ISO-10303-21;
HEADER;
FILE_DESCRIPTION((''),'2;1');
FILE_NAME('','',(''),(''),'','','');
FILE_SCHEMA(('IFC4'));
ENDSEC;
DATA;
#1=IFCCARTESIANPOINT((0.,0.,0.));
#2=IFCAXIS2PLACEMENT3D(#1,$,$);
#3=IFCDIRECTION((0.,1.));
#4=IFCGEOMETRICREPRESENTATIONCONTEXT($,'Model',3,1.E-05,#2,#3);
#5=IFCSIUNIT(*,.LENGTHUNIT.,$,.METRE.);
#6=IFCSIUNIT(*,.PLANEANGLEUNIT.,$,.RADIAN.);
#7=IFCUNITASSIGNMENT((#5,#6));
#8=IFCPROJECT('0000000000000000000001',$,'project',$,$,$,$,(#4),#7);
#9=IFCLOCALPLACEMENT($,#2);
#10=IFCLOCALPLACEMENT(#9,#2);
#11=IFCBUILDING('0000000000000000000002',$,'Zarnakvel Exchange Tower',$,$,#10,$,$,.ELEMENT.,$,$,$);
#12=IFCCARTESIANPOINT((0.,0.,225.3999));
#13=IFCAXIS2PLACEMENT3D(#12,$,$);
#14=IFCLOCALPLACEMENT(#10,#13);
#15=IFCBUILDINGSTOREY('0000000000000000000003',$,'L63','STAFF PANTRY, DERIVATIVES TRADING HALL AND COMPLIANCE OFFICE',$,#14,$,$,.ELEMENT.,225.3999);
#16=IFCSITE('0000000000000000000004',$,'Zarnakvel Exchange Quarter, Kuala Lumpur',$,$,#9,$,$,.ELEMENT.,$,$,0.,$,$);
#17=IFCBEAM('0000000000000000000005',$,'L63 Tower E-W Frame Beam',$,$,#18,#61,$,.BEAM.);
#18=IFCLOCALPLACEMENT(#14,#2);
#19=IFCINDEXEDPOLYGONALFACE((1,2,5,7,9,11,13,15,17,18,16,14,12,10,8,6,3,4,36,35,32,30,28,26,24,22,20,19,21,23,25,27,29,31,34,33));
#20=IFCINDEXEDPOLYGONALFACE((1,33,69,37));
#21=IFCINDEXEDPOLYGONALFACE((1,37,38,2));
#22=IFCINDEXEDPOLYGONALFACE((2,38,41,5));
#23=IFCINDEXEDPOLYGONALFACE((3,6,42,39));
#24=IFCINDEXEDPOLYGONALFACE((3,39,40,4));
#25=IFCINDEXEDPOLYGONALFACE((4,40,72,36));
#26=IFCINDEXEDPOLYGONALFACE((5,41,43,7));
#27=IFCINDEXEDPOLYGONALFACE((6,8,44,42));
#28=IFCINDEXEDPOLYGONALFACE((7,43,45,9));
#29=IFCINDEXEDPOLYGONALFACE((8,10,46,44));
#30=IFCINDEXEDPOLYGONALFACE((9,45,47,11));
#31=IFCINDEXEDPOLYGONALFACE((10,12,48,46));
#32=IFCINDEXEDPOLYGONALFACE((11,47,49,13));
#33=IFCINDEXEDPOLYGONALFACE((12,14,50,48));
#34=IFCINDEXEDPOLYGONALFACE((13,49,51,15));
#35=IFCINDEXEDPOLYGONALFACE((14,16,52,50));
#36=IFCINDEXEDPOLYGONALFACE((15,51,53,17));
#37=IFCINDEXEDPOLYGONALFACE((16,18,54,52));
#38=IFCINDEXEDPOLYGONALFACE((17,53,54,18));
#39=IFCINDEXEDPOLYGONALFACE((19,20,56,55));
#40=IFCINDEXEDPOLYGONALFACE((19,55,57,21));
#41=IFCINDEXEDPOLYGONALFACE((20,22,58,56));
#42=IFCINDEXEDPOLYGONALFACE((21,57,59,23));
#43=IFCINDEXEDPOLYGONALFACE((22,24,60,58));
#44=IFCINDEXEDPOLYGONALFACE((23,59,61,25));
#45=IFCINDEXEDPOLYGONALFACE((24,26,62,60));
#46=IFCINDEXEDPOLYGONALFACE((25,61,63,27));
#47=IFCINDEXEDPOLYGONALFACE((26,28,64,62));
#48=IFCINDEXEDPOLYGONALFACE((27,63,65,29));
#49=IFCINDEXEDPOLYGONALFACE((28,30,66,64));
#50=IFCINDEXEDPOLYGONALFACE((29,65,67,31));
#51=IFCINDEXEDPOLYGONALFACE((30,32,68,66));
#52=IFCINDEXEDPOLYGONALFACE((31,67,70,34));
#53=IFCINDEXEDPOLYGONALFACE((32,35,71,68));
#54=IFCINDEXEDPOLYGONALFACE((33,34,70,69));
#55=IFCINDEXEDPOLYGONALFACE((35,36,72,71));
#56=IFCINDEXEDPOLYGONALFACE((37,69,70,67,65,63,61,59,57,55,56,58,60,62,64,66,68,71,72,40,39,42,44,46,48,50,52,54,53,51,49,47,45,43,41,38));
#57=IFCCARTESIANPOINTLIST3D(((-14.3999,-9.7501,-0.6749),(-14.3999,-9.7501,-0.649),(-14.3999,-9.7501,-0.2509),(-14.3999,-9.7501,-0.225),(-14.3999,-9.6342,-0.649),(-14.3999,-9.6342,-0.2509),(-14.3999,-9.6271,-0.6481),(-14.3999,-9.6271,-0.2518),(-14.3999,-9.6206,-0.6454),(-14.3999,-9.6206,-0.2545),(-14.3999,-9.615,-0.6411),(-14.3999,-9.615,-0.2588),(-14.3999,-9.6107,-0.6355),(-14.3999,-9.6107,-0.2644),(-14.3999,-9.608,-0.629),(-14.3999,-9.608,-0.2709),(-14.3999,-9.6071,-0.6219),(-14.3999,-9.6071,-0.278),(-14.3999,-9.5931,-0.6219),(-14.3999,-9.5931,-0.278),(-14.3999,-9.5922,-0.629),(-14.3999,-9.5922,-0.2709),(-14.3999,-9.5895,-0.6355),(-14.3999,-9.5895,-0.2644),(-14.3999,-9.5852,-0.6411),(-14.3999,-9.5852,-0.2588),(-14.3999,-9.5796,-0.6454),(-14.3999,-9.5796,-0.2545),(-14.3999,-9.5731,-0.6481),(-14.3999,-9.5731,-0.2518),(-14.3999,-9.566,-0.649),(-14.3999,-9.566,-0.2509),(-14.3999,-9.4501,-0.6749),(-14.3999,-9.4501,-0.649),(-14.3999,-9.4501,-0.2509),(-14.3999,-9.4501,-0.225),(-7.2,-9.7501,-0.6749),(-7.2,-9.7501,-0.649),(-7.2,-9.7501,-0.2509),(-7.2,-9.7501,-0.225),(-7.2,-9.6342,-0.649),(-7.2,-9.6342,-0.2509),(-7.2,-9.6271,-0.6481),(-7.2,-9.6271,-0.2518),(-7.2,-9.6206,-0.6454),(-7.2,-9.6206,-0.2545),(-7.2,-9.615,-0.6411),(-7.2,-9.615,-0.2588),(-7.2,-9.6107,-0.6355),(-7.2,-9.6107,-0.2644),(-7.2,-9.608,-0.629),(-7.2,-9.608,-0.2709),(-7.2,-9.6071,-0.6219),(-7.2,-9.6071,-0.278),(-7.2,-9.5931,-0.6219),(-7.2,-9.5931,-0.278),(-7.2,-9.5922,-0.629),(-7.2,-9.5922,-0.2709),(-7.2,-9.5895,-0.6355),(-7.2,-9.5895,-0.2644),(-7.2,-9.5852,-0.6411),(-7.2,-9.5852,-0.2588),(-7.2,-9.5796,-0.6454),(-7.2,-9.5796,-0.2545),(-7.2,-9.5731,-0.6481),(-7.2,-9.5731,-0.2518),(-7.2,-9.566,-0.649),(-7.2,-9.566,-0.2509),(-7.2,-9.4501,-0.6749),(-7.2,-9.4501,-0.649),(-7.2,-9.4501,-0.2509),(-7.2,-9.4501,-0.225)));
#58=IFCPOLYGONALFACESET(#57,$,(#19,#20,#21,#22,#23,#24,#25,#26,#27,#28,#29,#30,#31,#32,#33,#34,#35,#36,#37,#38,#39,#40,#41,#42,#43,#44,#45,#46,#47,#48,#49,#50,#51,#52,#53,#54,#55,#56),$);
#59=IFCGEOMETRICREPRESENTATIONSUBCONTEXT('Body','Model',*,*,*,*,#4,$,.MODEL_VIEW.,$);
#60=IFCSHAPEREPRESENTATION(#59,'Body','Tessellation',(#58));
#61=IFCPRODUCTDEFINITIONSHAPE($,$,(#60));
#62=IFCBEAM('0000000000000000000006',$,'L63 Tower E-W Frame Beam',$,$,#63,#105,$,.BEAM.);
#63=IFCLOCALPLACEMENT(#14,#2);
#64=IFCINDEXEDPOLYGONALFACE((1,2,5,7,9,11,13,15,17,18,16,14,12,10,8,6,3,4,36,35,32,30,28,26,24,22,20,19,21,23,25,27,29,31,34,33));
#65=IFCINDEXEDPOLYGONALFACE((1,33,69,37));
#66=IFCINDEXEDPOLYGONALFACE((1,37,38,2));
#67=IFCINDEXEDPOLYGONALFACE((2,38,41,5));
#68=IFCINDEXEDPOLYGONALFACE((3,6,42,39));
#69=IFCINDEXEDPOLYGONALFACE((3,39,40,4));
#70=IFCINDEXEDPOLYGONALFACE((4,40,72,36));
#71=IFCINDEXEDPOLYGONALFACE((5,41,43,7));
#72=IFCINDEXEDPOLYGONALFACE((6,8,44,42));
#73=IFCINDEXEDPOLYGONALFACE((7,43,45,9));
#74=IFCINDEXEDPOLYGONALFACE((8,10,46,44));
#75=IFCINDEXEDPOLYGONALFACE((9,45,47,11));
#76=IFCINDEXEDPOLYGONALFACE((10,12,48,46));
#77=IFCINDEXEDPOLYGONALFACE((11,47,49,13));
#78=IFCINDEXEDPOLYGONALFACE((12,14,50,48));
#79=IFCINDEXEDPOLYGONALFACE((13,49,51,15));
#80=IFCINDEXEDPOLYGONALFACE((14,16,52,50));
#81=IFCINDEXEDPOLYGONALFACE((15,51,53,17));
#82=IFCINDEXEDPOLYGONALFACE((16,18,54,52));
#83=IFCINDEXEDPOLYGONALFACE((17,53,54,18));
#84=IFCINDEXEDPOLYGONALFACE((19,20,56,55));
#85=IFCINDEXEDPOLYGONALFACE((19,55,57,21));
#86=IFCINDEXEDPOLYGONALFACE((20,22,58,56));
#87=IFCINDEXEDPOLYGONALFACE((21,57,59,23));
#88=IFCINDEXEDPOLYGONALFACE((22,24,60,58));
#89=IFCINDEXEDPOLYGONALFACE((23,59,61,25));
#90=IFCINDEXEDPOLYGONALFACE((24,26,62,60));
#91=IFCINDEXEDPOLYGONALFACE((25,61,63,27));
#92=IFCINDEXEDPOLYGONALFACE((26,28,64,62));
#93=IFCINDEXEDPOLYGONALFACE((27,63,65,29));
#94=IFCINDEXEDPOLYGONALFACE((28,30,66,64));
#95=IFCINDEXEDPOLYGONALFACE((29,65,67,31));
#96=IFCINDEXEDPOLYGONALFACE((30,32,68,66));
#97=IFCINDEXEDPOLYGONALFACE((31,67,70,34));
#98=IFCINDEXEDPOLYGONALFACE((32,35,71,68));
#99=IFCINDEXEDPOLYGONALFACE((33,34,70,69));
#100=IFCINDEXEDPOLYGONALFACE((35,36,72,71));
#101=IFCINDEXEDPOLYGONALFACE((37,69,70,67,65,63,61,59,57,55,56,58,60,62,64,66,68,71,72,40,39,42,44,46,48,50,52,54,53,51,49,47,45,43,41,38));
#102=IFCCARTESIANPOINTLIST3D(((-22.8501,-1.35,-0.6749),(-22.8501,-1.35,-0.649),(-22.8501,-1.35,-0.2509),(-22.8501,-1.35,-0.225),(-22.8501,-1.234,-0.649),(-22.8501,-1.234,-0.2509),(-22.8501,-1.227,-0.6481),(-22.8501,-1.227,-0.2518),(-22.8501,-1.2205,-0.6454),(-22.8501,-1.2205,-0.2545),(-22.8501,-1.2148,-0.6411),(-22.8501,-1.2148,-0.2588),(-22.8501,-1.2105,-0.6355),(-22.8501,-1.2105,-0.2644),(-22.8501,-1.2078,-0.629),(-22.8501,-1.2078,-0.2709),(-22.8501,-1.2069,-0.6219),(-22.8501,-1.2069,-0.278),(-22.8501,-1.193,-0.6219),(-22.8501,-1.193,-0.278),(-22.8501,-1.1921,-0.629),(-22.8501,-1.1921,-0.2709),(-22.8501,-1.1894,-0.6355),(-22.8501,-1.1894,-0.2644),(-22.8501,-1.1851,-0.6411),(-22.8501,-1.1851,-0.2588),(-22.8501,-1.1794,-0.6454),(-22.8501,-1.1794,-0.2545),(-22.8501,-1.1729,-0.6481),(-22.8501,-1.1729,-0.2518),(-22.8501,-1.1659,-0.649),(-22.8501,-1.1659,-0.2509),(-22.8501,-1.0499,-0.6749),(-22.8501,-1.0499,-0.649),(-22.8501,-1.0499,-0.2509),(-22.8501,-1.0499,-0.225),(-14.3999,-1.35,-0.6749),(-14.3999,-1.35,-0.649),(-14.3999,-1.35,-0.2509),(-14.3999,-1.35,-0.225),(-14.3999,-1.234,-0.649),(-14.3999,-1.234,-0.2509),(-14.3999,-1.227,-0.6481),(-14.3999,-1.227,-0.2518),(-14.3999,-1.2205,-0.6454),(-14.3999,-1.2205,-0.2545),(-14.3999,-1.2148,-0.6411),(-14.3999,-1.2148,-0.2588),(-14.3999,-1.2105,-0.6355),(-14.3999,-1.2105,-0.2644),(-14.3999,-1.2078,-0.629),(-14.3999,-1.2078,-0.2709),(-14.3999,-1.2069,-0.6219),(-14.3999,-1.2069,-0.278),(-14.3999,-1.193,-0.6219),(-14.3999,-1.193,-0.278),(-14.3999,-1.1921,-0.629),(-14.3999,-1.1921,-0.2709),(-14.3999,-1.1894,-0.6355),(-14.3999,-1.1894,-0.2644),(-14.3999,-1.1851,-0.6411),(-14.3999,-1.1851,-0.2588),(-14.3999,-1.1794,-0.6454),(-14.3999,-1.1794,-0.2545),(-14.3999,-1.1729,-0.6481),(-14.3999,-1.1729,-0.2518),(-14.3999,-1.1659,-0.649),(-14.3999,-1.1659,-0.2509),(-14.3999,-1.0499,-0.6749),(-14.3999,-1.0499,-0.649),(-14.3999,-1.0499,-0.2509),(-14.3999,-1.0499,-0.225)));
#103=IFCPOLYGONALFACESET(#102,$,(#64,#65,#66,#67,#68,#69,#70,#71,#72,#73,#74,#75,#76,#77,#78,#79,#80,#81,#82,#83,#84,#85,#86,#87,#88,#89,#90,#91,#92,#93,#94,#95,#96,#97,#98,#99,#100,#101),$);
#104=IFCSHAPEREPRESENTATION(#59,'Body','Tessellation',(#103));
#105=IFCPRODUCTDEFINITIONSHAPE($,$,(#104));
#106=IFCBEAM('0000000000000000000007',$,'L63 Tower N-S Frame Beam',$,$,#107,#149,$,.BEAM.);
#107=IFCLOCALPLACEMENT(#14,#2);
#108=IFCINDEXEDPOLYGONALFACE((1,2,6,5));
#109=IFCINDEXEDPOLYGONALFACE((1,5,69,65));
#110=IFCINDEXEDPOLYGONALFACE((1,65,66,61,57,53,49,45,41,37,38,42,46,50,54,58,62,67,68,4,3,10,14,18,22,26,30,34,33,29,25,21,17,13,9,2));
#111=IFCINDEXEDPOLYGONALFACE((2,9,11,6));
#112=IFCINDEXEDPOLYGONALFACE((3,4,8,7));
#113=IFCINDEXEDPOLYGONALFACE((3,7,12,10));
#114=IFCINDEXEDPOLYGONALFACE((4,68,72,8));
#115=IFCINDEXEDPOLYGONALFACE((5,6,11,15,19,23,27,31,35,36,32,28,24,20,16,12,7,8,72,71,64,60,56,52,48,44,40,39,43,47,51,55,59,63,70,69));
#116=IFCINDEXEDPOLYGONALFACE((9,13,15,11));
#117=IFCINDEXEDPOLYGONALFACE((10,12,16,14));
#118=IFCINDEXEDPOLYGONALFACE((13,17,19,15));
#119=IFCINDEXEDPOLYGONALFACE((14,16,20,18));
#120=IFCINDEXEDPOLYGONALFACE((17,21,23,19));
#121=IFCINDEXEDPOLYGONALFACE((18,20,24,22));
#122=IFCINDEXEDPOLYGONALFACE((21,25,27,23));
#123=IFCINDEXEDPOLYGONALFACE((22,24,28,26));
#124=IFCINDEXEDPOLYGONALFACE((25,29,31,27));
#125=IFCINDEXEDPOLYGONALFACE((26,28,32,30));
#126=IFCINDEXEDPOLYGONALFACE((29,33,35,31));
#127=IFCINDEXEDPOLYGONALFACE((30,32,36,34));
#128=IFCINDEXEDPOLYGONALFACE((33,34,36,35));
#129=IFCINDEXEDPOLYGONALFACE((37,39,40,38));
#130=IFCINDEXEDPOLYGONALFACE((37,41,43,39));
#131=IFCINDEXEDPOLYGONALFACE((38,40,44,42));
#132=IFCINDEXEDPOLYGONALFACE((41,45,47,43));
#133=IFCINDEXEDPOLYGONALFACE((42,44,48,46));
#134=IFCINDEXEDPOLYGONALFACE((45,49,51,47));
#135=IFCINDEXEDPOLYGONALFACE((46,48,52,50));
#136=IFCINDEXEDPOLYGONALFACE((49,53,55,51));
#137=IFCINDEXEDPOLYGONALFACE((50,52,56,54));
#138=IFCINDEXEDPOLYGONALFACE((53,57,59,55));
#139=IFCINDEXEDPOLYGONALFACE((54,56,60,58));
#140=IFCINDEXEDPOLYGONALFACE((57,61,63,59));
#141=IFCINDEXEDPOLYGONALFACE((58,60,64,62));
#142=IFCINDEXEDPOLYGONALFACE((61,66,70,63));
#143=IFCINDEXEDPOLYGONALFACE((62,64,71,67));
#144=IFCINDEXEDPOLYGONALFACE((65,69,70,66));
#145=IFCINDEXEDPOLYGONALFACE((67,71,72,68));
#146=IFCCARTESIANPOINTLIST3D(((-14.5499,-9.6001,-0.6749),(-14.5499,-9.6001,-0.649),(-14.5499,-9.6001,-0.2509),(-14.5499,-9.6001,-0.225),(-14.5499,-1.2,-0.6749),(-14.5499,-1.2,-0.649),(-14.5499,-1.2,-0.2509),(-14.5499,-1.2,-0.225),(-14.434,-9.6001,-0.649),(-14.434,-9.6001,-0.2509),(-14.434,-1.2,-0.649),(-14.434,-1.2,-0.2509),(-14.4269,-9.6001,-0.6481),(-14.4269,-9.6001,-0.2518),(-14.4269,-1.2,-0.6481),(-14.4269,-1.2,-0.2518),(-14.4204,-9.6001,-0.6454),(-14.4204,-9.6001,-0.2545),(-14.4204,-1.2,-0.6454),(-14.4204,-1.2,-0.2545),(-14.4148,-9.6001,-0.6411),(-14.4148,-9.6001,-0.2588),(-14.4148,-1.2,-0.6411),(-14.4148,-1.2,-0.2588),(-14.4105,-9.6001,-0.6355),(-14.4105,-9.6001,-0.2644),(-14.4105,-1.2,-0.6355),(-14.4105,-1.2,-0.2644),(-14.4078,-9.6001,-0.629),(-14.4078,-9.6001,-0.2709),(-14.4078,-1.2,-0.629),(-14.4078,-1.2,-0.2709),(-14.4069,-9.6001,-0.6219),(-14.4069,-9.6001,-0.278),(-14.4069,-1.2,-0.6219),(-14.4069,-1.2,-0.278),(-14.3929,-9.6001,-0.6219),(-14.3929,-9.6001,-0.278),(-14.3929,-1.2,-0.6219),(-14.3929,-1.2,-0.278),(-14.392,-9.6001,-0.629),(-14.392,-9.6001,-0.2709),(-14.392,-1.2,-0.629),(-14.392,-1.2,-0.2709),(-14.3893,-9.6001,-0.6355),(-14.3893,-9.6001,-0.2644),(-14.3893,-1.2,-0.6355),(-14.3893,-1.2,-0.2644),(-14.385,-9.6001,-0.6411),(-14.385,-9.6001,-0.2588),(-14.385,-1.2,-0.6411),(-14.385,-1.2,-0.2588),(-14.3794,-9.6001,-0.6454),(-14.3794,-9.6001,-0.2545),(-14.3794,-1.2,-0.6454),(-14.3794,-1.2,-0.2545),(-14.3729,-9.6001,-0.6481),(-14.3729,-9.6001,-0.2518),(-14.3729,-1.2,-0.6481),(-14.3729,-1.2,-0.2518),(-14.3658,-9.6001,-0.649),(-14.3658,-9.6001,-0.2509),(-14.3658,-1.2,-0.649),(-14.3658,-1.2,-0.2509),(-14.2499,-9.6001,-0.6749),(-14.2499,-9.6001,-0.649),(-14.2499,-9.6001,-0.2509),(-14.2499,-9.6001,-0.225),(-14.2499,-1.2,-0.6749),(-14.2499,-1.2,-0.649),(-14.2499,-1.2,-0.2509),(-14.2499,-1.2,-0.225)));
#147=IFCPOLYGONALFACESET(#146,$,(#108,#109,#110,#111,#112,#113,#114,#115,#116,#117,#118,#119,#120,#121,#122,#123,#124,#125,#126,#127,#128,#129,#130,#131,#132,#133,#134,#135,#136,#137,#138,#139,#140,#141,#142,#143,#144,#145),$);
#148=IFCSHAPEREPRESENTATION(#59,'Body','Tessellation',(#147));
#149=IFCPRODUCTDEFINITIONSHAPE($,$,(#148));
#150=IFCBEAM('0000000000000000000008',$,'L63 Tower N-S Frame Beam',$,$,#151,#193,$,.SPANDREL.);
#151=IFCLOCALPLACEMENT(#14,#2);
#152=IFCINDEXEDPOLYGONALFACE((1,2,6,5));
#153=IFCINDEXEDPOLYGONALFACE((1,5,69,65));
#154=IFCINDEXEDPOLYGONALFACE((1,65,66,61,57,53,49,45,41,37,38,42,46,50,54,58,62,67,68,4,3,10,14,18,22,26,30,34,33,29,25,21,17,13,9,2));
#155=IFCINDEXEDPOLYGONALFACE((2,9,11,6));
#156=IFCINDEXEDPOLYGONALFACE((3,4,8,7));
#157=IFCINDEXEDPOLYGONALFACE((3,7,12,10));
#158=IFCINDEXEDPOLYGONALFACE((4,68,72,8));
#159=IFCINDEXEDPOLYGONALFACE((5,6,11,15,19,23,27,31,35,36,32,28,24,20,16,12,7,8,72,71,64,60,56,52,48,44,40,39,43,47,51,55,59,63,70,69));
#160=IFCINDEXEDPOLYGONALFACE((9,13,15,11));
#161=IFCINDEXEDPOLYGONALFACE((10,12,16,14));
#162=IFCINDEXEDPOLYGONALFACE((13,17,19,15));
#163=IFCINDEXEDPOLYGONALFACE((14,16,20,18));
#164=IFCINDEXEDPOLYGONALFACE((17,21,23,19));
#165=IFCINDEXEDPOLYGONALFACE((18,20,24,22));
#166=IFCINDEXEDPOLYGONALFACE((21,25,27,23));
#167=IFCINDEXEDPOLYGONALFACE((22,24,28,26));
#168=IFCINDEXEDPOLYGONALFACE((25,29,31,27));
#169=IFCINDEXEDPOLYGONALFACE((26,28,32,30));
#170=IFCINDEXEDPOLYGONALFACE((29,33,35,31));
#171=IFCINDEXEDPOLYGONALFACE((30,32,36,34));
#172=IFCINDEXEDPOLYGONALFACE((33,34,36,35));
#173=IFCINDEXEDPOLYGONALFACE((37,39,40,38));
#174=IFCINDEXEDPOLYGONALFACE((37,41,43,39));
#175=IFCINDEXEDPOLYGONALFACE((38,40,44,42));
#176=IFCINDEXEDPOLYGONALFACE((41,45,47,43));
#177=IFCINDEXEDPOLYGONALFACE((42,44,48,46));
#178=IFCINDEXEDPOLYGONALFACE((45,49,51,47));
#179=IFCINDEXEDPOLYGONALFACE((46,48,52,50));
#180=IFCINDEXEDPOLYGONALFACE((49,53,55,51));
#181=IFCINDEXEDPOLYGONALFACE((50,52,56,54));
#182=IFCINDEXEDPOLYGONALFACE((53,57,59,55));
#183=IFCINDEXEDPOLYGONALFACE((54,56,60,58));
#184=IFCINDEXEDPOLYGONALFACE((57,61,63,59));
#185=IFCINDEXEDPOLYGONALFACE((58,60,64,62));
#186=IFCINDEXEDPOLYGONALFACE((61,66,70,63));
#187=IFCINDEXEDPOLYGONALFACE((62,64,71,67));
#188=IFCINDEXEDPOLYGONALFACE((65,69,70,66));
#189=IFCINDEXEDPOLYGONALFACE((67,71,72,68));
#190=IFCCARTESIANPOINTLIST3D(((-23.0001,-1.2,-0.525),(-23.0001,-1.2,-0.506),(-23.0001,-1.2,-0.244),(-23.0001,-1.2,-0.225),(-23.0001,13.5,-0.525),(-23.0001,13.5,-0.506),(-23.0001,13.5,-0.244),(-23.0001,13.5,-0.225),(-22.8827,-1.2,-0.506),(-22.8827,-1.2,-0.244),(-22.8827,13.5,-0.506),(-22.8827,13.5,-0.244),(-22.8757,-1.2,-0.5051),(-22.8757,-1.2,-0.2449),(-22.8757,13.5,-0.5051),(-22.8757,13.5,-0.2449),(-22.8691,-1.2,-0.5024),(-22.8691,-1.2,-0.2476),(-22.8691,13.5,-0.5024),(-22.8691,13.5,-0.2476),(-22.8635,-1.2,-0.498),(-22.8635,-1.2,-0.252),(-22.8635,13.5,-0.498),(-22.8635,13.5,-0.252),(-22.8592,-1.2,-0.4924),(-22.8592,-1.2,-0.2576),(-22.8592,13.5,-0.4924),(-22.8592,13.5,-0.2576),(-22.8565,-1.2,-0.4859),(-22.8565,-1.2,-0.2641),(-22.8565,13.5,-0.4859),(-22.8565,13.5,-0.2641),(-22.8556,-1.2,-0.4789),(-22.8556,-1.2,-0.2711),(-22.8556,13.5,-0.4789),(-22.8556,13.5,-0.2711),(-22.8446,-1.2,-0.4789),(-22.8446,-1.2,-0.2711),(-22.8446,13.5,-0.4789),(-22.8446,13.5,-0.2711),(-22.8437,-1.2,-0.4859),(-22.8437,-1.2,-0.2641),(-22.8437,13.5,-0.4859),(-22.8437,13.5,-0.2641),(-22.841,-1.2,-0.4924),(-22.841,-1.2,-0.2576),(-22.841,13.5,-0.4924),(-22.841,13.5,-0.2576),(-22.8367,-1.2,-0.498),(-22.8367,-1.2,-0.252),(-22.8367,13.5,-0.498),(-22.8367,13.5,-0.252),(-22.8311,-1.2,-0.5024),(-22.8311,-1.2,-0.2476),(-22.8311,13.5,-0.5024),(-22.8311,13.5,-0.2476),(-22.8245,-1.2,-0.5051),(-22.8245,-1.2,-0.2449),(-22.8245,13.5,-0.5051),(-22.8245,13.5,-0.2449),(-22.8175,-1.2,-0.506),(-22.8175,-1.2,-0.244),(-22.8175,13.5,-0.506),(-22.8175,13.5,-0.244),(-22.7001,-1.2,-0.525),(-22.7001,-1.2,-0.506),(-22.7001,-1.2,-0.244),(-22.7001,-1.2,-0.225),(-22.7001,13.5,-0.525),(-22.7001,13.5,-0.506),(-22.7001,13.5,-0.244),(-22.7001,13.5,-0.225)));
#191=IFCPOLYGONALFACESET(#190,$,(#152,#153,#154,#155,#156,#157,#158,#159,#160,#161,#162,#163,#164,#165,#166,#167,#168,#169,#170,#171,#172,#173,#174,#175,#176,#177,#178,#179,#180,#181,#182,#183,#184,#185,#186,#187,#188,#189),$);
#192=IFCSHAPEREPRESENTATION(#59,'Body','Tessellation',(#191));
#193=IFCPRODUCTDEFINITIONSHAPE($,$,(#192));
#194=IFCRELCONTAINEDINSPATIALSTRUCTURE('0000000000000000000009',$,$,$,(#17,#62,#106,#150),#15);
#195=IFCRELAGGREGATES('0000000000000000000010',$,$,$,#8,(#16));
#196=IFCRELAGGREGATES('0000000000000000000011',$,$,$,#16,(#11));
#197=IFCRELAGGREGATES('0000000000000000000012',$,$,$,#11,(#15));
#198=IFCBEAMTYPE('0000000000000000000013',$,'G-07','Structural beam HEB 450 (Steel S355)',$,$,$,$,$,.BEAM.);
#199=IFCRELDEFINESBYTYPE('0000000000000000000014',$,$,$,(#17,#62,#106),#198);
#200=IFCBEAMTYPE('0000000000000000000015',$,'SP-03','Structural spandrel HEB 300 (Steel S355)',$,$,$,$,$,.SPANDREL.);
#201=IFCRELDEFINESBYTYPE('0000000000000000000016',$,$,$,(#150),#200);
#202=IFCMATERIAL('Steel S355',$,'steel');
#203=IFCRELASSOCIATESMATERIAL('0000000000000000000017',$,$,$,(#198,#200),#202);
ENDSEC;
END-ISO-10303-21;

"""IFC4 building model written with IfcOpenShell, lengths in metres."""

from ifc_helpers import new_model, si_unit, direction, frame, origin, origin_2d, place, context, subcontext, project, spatial, i_section, extrude, material, material_profile, profile_set, type_object, element, save


model = new_model("IFC4")

# Units and contexts
model_context = context("Model", 3, precision=1e-05, world=origin(), true_north=direction((0.0, 1.0)))
body_context = subcontext(model_context, "Body", "Model", "MODEL_VIEW")
ifc_project = project(units=[si_unit("LENGTHUNIT", "METRE"), si_unit("PLANEANGLEUNIT", "RADIAN")], contexts=[model_context])

# Site, building, storey
site_placement = place(None, origin())
site = spatial("IfcSite", under=ifc_project, at=site_placement, Name="Zarnakvel Exchange Quarter, Kuala Lumpur", CompositionType="ELEMENT", RefElevation=0.0)
building_placement = place(site_placement, origin())
building = spatial("IfcBuilding", under=site, at=building_placement, Name="Zarnakvel Exchange Tower", CompositionType="ELEMENT")
storey_placement = place(building_placement, frame((0.0, 0.0, 225.3999)))
storey = spatial("IfcBuildingStorey", under=building, at=storey_placement, Name="L63", Description="STAFF PANTRY, DERIVATIVES TRADING HALL AND COMPLIANCE OFFICE", CompositionType="ELEMENT", Elevation=225.3999)

# Shared definitions
ifc_material_1 = material(Name="Steel S355", Category="steel")

# Beams
ifc_material_profile_1 = material_profile(ifc_material_1, i_section(OverallWidth=0.3, OverallDepth=0.45, WebThickness=0.0139, FlangeThickness=0.0259, FilletRadius=0.0271, at=origin_2d()))
ifc_profile_set_1 = profile_set([ifc_material_profile_1], Name="Steel S355")
beam_type_1 = type_object("IfcBeamType", Name="G-07", Description="Structural beam HEB 450 (Steel S355)", PredefinedType="BEAM", material=ifc_profile_set_1)
beam_1_placement = place(storey_placement, frame((-14.3999, -9.6001, -0.45), z_axis=(1.0, 0.0, 0.0), x_axis=(0.0, 1.0, 0.0)))
element("IfcBeam", 1, at=beam_1_placement, inside=storey, type_object=beam_type_1, Name="L63 Tower E-W Frame Beam", PredefinedType="BEAM", context=body_context, shape_type="SweptSolid", body=[
    extrude(i_section(OverallWidth=0.3, OverallDepth=0.45, WebThickness=0.0139, FlangeThickness=0.0259, FilletRadius=0.0271, at=origin_2d()), origin(), (0.0, 0.0, 1.0), 7.2),
])
beam_2_placement = place(storey_placement, frame((-22.8501, -1.2, -0.45), z_axis=(1.0, 0.0, 0.0), x_axis=(0.0, 1.0, 0.0)))
element("IfcBeam", 2, at=beam_2_placement, inside=storey, type_object=beam_type_1, Name="L63 Tower E-W Frame Beam", PredefinedType="BEAM", context=body_context, shape_type="SweptSolid", body=[
    extrude(i_section(OverallWidth=0.3, OverallDepth=0.45, WebThickness=0.0139, FlangeThickness=0.0259, FilletRadius=0.0271, at=origin_2d()), origin(), (0.0, 0.0, 1.0), 8.4502),
])
beam_3_placement = place(storey_placement, frame((-14.3999, -9.6001, -0.45), z_axis=(0.0, 1.0, 0.0), x_axis=(-1.0, 0.0, 0.0)))
element("IfcBeam", 3, at=beam_3_placement, inside=storey, type_object=beam_type_1, Name="L63 Tower N-S Frame Beam", PredefinedType="BEAM", context=body_context, shape_type="SweptSolid", body=[
    extrude(i_section(OverallWidth=0.3, OverallDepth=0.45, WebThickness=0.0139, FlangeThickness=0.0259, FilletRadius=0.0271, at=origin_2d()), origin(), (0.0, 0.0, 1.0), 8.4001),
])
ifc_material_profile_2 = material_profile(ifc_material_1, i_section(OverallWidth=0.3, OverallDepth=0.3, WebThickness=0.011, FlangeThickness=0.019, FilletRadius=0.0271, at=origin_2d()))
ifc_profile_set_2 = profile_set([ifc_material_profile_2], Name="Steel S355")
beam_type_2 = type_object("IfcBeamType", Name="SP-03", Description="Structural spandrel HEB 300 (Steel S355)", PredefinedType="SPANDREL", material=ifc_profile_set_2)
beam_4_placement = place(storey_placement, frame((-22.8501, -1.2, -0.375), z_axis=(0.0, 1.0, 0.0), x_axis=(-1.0, 0.0, 0.0)))
element("IfcBeam", 4, at=beam_4_placement, inside=storey, type_object=beam_type_2, Name="L63 Tower N-S Frame Beam", PredefinedType="SPANDREL", context=body_context, shape_type="SweptSolid", body=[
    extrude(i_section(OverallWidth=0.3, OverallDepth=0.3, WebThickness=0.011, FlangeThickness=0.019, FilletRadius=0.0271, at=origin_2d()), origin(), (0.0, 0.0, 1.0), 14.7),
])

save(model, "model.ifc")
